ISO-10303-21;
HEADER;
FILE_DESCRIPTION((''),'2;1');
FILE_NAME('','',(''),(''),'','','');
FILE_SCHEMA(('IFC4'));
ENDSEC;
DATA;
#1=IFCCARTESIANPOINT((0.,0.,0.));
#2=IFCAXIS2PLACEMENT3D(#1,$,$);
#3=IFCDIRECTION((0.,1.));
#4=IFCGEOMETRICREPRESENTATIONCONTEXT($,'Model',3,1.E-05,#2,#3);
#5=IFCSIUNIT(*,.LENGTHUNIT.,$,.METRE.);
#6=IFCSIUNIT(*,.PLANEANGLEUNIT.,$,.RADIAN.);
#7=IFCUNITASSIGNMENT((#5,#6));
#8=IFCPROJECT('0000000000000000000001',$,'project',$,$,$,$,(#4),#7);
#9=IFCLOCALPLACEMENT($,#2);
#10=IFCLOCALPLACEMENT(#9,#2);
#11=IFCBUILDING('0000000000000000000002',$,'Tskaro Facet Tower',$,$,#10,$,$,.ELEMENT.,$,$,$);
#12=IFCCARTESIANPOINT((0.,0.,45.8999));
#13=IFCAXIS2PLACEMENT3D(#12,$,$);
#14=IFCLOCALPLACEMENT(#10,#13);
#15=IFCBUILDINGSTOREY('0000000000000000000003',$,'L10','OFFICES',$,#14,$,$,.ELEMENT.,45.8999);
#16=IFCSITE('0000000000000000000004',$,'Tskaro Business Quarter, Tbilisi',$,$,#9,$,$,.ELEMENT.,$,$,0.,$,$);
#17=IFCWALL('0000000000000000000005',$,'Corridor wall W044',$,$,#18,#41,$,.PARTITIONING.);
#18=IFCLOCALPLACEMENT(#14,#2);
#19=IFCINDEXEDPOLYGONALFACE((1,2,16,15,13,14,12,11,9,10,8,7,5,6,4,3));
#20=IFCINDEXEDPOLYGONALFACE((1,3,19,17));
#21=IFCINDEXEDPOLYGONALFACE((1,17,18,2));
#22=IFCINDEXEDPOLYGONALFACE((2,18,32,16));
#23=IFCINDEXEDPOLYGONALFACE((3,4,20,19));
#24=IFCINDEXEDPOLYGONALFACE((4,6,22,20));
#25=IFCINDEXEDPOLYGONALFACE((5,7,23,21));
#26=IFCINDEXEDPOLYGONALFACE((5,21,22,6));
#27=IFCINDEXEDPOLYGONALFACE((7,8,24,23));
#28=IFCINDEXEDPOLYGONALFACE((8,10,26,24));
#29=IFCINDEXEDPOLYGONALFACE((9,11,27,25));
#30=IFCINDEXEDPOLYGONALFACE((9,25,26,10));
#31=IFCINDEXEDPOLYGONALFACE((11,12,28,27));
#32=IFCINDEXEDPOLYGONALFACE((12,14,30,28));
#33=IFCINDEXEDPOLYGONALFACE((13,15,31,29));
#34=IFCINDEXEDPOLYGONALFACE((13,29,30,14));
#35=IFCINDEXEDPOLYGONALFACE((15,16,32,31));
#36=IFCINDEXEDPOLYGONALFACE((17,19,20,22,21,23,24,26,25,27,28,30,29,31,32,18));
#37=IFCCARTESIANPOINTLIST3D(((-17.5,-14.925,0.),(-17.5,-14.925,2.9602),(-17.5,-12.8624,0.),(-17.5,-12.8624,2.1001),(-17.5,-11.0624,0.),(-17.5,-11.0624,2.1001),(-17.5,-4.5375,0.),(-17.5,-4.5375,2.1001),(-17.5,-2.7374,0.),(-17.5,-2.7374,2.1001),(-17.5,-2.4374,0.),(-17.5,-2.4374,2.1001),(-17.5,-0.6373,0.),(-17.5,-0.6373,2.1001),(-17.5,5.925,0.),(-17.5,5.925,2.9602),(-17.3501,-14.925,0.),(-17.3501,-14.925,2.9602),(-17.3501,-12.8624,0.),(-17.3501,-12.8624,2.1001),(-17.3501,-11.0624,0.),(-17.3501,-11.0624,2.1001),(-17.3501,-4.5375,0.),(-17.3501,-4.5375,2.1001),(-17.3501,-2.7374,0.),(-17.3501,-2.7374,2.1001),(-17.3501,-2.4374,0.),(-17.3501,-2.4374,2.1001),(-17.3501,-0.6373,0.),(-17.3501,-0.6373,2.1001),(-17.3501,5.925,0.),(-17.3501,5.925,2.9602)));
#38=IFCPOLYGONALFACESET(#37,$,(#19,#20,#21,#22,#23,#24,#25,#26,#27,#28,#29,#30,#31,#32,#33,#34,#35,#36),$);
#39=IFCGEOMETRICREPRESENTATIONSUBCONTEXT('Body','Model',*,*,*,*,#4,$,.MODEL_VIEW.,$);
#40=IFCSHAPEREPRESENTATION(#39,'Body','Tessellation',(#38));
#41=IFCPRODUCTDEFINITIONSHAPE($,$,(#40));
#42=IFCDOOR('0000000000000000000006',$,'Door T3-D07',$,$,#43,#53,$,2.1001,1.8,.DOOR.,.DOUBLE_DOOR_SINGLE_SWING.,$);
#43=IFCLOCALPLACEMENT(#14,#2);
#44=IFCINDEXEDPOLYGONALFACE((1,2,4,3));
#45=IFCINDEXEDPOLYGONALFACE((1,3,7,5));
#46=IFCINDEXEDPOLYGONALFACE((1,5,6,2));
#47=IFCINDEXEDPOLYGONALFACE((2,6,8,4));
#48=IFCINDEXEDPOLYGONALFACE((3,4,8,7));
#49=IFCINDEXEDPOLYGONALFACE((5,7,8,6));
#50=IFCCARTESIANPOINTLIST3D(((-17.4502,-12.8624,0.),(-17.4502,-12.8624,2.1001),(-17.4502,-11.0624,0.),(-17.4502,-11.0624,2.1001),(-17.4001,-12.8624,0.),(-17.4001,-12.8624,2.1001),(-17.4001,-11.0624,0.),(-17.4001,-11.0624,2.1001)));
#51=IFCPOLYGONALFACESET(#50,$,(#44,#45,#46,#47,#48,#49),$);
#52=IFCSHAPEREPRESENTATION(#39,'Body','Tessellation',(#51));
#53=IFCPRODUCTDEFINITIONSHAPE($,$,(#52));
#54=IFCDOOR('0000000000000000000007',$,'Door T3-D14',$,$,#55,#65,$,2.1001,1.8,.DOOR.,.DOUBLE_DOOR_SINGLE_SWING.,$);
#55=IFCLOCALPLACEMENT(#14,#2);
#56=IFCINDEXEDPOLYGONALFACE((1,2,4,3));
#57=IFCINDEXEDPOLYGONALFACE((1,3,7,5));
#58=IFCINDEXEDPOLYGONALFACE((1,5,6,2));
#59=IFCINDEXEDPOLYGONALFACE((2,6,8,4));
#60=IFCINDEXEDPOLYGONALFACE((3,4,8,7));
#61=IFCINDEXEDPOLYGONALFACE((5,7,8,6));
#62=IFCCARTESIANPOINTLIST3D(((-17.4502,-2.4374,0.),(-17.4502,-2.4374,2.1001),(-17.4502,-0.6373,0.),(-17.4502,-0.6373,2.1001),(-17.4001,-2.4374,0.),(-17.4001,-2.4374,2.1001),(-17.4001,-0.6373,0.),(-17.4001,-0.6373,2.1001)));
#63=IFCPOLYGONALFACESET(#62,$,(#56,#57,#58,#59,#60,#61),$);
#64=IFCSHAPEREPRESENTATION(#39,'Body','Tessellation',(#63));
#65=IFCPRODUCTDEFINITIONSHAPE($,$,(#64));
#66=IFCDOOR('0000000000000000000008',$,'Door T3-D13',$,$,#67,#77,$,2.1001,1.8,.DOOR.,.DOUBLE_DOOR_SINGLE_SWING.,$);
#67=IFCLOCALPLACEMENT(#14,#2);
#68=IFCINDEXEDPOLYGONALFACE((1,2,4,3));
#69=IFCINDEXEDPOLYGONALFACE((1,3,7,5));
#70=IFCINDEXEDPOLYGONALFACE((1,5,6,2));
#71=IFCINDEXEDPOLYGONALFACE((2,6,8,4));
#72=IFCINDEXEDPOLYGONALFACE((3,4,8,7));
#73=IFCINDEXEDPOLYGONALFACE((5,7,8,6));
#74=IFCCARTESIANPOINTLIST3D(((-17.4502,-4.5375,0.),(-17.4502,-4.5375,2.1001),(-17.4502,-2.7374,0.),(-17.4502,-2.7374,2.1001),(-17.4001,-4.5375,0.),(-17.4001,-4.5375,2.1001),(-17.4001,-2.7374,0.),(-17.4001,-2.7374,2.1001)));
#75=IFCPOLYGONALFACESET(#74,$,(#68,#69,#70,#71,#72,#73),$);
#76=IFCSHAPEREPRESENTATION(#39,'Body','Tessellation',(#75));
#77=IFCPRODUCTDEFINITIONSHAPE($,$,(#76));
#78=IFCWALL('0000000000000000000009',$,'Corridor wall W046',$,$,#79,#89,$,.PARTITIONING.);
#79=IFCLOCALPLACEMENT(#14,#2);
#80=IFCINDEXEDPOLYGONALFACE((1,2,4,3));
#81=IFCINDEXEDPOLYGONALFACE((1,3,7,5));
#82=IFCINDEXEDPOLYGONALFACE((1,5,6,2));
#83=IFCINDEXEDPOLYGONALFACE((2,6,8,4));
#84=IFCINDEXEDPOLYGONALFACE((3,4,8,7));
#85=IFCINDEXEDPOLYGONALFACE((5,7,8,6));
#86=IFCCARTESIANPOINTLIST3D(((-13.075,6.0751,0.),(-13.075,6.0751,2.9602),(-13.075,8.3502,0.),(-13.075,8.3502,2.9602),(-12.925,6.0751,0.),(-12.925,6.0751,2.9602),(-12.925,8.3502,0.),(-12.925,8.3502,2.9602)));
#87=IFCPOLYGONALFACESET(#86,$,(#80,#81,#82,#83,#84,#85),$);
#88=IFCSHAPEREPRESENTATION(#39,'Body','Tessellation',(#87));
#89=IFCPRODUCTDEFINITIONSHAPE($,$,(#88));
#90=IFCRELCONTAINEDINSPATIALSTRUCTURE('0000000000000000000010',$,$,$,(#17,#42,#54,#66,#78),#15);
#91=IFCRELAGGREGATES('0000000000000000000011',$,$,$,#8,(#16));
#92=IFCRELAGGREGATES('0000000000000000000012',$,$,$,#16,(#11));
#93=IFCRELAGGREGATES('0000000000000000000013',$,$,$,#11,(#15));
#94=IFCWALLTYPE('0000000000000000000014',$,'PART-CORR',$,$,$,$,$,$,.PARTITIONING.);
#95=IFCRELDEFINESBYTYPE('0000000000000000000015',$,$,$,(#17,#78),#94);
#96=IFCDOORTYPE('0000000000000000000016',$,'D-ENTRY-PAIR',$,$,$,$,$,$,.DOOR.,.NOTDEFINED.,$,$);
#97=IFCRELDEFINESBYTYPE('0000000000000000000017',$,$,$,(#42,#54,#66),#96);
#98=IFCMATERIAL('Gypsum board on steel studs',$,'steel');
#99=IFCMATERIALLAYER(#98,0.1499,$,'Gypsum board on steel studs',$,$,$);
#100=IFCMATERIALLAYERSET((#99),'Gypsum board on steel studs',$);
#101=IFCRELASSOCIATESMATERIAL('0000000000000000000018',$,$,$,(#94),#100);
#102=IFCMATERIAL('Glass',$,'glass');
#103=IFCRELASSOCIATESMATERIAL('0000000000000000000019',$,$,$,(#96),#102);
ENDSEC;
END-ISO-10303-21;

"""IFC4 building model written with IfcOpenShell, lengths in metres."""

from ifc_helpers import new_model, si_unit, direction, frame, frame_2d, origin, place, context, subcontext, project, spatial, rectangle, extrude, material, layer, layer_set, type_object, element, fill, save


model = new_model("IFC4")

# Units and contexts
model_context = context("Model", 3, precision=1e-05, world=origin(), true_north=direction((0.0, 1.0)))
body_context = subcontext(model_context, "Body", "Model", "MODEL_VIEW")
ifc_project = project(units=[si_unit("LENGTHUNIT", "METRE"), si_unit("PLANEANGLEUNIT", "RADIAN")], contexts=[model_context])

# Site, building, storey
site_placement = place(None, origin())
site = spatial("IfcSite", under=ifc_project, at=site_placement, Name="Tskaro Business Quarter, Tbilisi", CompositionType="ELEMENT", RefElevation=0.0)
building_placement = place(site_placement, origin())
building = spatial("IfcBuilding", under=site, at=building_placement, Name="Tskaro Facet Tower", CompositionType="ELEMENT")
storey_placement = place(building_placement, frame((0.0, 0.0, 45.8999)))
storey = spatial("IfcBuildingStorey", under=building, at=storey_placement, Name="L10", Description="OFFICES", CompositionType="ELEMENT", Elevation=45.8999)

# Shared definitions
ifc_material_1 = material(Name="Gypsum board on steel studs", Category="steel")

# Shared definitions
ifc_layer_1 = layer(ifc_material_1, 0.1499, Name="Gypsum board on steel studs")
ifc_layer_set_1 = layer_set([ifc_layer_1], Name="Gypsum board on steel studs")
wall_type_1 = type_object("IfcWallType", Name="PART-CORR", PredefinedType="PARTITIONING", material=ifc_layer_set_1)
ifc_material_2 = material(Name="Glass", Category="glass")
door_type = type_object("IfcDoorType", Name="D-ENTRY-PAIR", OperationType="NOTDEFINED", PredefinedType="DOOR", material=ifc_material_2)

# Wall, openings, doors
wall_1_placement = place(storey_placement, frame((-17.425, 5.925, 0.0), z_axis=(0.0, 0.0, 1.0), x_axis=(0.0, -1.0, 0.0)))
wall_1 = element("IfcWall", 1, at=wall_1_placement, inside=storey, type_object=wall_type_1, Name="Corridor wall W044", PredefinedType="PARTITIONING", context=body_context, shape_type="SweptSolid", body=[
    extrude(rectangle(XDim=20.8501, YDim=0.1499, at=frame_2d((10.425, 0.0))), origin(), (0.0, 0.0, 1.0), 2.9602),
])
opening_1_placement = place(wall_1_placement, frame((16.9875, 0.0, 0.0)))
opening_1 = element("IfcOpeningElement", 2, at=opening_1_placement, cuts=wall_1, PredefinedType="OPENING", context=body_context, shape_type="SweptSolid", body=[
    extrude(rectangle(XDim=1.8, YDim=2.1001, at=frame_2d((0.8999, 1.05))), frame((0.0, 0.085, 0.0), z_axis=(0.0, -1.0, 0.0), x_axis=(1.0, 0.0, 0.0)), (0.0, 0.0, 1.0), 0.1699),
])
opening_2_placement = place(wall_1_placement, frame((6.5625, 0.0, 0.0)))
opening_2 = element("IfcOpeningElement", 3, at=opening_2_placement, cuts=wall_1, PredefinedType="OPENING", context=body_context, shape_type="SweptSolid", body=[
    extrude(rectangle(XDim=1.8, YDim=2.1001, at=frame_2d((0.8999, 1.05))), frame((0.0, 0.085, 0.0), z_axis=(0.0, -1.0, 0.0), x_axis=(1.0, 0.0, 0.0)), (0.0, 0.0, 1.0), 0.1699),
])
opening_3_placement = place(wall_1_placement, frame((8.6626, 0.0, 0.0)))
opening_3 = element("IfcOpeningElement", 4, at=opening_3_placement, cuts=wall_1, PredefinedType="OPENING", context=body_context, shape_type="SweptSolid", body=[
    extrude(rectangle(XDim=1.8, YDim=2.1001, at=frame_2d((0.8999, 1.05))), frame((0.0, 0.085, 0.0), z_axis=(0.0, -1.0, 0.0), x_axis=(1.0, 0.0, 0.0)), (0.0, 0.0, 1.0), 0.1699),
])
door_1_placement = place(opening_1_placement, origin())
door_1 = element("IfcDoor", 5, at=door_1_placement, inside=storey, type_object=door_type, Name="Door T3-D07", OperationType="DOUBLE_DOOR_SINGLE_SWING", OverallHeight=2.1001, OverallWidth=1.8, PredefinedType="DOOR", context=body_context, shape_type="SweptSolid", body=[
    extrude(rectangle(XDim=1.8, YDim=2.1001, at=frame_2d((0.8999, 1.05))), frame((0.0, 0.0249, 0.0), z_axis=(0.0, -1.0, 0.0), x_axis=(1.0, 0.0, 0.0)), (0.0, 0.0, 1.0), 0.05),
])
fill(opening_1, door_1)
door_2_placement = place(opening_2_placement, origin())
door_2 = element("IfcDoor", 6, at=door_2_placement, inside=storey, type_object=door_type, Name="Door T3-D14", OperationType="DOUBLE_DOOR_SINGLE_SWING", OverallHeight=2.1001, OverallWidth=1.8, PredefinedType="DOOR", context=body_context, shape_type="SweptSolid", body=[
    extrude(rectangle(XDim=1.8, YDim=2.1001, at=frame_2d((0.8999, 1.05))), frame((0.0, 0.0249, 0.0), z_axis=(0.0, -1.0, 0.0), x_axis=(1.0, 0.0, 0.0)), (0.0, 0.0, 1.0), 0.05),
])
fill(opening_2, door_2)
door_3_placement = place(opening_3_placement, origin())
door_3 = element("IfcDoor", 7, at=door_3_placement, inside=storey, type_object=door_type, Name="Door T3-D13", OperationType="DOUBLE_DOOR_SINGLE_SWING", OverallHeight=2.1001, OverallWidth=1.8, PredefinedType="DOOR", context=body_context, shape_type="SweptSolid", body=[
    extrude(rectangle(XDim=1.8, YDim=2.1001, at=frame_2d((0.8999, 1.05))), frame((0.0, 0.0249, 0.0), z_axis=(0.0, -1.0, 0.0), x_axis=(1.0, 0.0, 0.0)), (0.0, 0.0, 1.0), 0.05),
])
fill(opening_3, door_3)

# Wall
wall_2_placement = place(storey_placement, frame((-13.0, 6.075, 0.0), z_axis=(0.0, 0.0, 1.0), x_axis=(0.0, 1.0, 0.0)))
element("IfcWall", 8, at=wall_2_placement, inside=storey, type_object=wall_type_1, Name="Corridor wall W046", PredefinedType="PARTITIONING", context=body_context, shape_type="SweptSolid", body=[
    extrude(rectangle(XDim=2.2751, YDim=0.1499, at=frame_2d((1.1377, 0.0))), origin(), (0.0, 0.0, 1.0), 2.9602),
])

save(model, "model.ifc")
